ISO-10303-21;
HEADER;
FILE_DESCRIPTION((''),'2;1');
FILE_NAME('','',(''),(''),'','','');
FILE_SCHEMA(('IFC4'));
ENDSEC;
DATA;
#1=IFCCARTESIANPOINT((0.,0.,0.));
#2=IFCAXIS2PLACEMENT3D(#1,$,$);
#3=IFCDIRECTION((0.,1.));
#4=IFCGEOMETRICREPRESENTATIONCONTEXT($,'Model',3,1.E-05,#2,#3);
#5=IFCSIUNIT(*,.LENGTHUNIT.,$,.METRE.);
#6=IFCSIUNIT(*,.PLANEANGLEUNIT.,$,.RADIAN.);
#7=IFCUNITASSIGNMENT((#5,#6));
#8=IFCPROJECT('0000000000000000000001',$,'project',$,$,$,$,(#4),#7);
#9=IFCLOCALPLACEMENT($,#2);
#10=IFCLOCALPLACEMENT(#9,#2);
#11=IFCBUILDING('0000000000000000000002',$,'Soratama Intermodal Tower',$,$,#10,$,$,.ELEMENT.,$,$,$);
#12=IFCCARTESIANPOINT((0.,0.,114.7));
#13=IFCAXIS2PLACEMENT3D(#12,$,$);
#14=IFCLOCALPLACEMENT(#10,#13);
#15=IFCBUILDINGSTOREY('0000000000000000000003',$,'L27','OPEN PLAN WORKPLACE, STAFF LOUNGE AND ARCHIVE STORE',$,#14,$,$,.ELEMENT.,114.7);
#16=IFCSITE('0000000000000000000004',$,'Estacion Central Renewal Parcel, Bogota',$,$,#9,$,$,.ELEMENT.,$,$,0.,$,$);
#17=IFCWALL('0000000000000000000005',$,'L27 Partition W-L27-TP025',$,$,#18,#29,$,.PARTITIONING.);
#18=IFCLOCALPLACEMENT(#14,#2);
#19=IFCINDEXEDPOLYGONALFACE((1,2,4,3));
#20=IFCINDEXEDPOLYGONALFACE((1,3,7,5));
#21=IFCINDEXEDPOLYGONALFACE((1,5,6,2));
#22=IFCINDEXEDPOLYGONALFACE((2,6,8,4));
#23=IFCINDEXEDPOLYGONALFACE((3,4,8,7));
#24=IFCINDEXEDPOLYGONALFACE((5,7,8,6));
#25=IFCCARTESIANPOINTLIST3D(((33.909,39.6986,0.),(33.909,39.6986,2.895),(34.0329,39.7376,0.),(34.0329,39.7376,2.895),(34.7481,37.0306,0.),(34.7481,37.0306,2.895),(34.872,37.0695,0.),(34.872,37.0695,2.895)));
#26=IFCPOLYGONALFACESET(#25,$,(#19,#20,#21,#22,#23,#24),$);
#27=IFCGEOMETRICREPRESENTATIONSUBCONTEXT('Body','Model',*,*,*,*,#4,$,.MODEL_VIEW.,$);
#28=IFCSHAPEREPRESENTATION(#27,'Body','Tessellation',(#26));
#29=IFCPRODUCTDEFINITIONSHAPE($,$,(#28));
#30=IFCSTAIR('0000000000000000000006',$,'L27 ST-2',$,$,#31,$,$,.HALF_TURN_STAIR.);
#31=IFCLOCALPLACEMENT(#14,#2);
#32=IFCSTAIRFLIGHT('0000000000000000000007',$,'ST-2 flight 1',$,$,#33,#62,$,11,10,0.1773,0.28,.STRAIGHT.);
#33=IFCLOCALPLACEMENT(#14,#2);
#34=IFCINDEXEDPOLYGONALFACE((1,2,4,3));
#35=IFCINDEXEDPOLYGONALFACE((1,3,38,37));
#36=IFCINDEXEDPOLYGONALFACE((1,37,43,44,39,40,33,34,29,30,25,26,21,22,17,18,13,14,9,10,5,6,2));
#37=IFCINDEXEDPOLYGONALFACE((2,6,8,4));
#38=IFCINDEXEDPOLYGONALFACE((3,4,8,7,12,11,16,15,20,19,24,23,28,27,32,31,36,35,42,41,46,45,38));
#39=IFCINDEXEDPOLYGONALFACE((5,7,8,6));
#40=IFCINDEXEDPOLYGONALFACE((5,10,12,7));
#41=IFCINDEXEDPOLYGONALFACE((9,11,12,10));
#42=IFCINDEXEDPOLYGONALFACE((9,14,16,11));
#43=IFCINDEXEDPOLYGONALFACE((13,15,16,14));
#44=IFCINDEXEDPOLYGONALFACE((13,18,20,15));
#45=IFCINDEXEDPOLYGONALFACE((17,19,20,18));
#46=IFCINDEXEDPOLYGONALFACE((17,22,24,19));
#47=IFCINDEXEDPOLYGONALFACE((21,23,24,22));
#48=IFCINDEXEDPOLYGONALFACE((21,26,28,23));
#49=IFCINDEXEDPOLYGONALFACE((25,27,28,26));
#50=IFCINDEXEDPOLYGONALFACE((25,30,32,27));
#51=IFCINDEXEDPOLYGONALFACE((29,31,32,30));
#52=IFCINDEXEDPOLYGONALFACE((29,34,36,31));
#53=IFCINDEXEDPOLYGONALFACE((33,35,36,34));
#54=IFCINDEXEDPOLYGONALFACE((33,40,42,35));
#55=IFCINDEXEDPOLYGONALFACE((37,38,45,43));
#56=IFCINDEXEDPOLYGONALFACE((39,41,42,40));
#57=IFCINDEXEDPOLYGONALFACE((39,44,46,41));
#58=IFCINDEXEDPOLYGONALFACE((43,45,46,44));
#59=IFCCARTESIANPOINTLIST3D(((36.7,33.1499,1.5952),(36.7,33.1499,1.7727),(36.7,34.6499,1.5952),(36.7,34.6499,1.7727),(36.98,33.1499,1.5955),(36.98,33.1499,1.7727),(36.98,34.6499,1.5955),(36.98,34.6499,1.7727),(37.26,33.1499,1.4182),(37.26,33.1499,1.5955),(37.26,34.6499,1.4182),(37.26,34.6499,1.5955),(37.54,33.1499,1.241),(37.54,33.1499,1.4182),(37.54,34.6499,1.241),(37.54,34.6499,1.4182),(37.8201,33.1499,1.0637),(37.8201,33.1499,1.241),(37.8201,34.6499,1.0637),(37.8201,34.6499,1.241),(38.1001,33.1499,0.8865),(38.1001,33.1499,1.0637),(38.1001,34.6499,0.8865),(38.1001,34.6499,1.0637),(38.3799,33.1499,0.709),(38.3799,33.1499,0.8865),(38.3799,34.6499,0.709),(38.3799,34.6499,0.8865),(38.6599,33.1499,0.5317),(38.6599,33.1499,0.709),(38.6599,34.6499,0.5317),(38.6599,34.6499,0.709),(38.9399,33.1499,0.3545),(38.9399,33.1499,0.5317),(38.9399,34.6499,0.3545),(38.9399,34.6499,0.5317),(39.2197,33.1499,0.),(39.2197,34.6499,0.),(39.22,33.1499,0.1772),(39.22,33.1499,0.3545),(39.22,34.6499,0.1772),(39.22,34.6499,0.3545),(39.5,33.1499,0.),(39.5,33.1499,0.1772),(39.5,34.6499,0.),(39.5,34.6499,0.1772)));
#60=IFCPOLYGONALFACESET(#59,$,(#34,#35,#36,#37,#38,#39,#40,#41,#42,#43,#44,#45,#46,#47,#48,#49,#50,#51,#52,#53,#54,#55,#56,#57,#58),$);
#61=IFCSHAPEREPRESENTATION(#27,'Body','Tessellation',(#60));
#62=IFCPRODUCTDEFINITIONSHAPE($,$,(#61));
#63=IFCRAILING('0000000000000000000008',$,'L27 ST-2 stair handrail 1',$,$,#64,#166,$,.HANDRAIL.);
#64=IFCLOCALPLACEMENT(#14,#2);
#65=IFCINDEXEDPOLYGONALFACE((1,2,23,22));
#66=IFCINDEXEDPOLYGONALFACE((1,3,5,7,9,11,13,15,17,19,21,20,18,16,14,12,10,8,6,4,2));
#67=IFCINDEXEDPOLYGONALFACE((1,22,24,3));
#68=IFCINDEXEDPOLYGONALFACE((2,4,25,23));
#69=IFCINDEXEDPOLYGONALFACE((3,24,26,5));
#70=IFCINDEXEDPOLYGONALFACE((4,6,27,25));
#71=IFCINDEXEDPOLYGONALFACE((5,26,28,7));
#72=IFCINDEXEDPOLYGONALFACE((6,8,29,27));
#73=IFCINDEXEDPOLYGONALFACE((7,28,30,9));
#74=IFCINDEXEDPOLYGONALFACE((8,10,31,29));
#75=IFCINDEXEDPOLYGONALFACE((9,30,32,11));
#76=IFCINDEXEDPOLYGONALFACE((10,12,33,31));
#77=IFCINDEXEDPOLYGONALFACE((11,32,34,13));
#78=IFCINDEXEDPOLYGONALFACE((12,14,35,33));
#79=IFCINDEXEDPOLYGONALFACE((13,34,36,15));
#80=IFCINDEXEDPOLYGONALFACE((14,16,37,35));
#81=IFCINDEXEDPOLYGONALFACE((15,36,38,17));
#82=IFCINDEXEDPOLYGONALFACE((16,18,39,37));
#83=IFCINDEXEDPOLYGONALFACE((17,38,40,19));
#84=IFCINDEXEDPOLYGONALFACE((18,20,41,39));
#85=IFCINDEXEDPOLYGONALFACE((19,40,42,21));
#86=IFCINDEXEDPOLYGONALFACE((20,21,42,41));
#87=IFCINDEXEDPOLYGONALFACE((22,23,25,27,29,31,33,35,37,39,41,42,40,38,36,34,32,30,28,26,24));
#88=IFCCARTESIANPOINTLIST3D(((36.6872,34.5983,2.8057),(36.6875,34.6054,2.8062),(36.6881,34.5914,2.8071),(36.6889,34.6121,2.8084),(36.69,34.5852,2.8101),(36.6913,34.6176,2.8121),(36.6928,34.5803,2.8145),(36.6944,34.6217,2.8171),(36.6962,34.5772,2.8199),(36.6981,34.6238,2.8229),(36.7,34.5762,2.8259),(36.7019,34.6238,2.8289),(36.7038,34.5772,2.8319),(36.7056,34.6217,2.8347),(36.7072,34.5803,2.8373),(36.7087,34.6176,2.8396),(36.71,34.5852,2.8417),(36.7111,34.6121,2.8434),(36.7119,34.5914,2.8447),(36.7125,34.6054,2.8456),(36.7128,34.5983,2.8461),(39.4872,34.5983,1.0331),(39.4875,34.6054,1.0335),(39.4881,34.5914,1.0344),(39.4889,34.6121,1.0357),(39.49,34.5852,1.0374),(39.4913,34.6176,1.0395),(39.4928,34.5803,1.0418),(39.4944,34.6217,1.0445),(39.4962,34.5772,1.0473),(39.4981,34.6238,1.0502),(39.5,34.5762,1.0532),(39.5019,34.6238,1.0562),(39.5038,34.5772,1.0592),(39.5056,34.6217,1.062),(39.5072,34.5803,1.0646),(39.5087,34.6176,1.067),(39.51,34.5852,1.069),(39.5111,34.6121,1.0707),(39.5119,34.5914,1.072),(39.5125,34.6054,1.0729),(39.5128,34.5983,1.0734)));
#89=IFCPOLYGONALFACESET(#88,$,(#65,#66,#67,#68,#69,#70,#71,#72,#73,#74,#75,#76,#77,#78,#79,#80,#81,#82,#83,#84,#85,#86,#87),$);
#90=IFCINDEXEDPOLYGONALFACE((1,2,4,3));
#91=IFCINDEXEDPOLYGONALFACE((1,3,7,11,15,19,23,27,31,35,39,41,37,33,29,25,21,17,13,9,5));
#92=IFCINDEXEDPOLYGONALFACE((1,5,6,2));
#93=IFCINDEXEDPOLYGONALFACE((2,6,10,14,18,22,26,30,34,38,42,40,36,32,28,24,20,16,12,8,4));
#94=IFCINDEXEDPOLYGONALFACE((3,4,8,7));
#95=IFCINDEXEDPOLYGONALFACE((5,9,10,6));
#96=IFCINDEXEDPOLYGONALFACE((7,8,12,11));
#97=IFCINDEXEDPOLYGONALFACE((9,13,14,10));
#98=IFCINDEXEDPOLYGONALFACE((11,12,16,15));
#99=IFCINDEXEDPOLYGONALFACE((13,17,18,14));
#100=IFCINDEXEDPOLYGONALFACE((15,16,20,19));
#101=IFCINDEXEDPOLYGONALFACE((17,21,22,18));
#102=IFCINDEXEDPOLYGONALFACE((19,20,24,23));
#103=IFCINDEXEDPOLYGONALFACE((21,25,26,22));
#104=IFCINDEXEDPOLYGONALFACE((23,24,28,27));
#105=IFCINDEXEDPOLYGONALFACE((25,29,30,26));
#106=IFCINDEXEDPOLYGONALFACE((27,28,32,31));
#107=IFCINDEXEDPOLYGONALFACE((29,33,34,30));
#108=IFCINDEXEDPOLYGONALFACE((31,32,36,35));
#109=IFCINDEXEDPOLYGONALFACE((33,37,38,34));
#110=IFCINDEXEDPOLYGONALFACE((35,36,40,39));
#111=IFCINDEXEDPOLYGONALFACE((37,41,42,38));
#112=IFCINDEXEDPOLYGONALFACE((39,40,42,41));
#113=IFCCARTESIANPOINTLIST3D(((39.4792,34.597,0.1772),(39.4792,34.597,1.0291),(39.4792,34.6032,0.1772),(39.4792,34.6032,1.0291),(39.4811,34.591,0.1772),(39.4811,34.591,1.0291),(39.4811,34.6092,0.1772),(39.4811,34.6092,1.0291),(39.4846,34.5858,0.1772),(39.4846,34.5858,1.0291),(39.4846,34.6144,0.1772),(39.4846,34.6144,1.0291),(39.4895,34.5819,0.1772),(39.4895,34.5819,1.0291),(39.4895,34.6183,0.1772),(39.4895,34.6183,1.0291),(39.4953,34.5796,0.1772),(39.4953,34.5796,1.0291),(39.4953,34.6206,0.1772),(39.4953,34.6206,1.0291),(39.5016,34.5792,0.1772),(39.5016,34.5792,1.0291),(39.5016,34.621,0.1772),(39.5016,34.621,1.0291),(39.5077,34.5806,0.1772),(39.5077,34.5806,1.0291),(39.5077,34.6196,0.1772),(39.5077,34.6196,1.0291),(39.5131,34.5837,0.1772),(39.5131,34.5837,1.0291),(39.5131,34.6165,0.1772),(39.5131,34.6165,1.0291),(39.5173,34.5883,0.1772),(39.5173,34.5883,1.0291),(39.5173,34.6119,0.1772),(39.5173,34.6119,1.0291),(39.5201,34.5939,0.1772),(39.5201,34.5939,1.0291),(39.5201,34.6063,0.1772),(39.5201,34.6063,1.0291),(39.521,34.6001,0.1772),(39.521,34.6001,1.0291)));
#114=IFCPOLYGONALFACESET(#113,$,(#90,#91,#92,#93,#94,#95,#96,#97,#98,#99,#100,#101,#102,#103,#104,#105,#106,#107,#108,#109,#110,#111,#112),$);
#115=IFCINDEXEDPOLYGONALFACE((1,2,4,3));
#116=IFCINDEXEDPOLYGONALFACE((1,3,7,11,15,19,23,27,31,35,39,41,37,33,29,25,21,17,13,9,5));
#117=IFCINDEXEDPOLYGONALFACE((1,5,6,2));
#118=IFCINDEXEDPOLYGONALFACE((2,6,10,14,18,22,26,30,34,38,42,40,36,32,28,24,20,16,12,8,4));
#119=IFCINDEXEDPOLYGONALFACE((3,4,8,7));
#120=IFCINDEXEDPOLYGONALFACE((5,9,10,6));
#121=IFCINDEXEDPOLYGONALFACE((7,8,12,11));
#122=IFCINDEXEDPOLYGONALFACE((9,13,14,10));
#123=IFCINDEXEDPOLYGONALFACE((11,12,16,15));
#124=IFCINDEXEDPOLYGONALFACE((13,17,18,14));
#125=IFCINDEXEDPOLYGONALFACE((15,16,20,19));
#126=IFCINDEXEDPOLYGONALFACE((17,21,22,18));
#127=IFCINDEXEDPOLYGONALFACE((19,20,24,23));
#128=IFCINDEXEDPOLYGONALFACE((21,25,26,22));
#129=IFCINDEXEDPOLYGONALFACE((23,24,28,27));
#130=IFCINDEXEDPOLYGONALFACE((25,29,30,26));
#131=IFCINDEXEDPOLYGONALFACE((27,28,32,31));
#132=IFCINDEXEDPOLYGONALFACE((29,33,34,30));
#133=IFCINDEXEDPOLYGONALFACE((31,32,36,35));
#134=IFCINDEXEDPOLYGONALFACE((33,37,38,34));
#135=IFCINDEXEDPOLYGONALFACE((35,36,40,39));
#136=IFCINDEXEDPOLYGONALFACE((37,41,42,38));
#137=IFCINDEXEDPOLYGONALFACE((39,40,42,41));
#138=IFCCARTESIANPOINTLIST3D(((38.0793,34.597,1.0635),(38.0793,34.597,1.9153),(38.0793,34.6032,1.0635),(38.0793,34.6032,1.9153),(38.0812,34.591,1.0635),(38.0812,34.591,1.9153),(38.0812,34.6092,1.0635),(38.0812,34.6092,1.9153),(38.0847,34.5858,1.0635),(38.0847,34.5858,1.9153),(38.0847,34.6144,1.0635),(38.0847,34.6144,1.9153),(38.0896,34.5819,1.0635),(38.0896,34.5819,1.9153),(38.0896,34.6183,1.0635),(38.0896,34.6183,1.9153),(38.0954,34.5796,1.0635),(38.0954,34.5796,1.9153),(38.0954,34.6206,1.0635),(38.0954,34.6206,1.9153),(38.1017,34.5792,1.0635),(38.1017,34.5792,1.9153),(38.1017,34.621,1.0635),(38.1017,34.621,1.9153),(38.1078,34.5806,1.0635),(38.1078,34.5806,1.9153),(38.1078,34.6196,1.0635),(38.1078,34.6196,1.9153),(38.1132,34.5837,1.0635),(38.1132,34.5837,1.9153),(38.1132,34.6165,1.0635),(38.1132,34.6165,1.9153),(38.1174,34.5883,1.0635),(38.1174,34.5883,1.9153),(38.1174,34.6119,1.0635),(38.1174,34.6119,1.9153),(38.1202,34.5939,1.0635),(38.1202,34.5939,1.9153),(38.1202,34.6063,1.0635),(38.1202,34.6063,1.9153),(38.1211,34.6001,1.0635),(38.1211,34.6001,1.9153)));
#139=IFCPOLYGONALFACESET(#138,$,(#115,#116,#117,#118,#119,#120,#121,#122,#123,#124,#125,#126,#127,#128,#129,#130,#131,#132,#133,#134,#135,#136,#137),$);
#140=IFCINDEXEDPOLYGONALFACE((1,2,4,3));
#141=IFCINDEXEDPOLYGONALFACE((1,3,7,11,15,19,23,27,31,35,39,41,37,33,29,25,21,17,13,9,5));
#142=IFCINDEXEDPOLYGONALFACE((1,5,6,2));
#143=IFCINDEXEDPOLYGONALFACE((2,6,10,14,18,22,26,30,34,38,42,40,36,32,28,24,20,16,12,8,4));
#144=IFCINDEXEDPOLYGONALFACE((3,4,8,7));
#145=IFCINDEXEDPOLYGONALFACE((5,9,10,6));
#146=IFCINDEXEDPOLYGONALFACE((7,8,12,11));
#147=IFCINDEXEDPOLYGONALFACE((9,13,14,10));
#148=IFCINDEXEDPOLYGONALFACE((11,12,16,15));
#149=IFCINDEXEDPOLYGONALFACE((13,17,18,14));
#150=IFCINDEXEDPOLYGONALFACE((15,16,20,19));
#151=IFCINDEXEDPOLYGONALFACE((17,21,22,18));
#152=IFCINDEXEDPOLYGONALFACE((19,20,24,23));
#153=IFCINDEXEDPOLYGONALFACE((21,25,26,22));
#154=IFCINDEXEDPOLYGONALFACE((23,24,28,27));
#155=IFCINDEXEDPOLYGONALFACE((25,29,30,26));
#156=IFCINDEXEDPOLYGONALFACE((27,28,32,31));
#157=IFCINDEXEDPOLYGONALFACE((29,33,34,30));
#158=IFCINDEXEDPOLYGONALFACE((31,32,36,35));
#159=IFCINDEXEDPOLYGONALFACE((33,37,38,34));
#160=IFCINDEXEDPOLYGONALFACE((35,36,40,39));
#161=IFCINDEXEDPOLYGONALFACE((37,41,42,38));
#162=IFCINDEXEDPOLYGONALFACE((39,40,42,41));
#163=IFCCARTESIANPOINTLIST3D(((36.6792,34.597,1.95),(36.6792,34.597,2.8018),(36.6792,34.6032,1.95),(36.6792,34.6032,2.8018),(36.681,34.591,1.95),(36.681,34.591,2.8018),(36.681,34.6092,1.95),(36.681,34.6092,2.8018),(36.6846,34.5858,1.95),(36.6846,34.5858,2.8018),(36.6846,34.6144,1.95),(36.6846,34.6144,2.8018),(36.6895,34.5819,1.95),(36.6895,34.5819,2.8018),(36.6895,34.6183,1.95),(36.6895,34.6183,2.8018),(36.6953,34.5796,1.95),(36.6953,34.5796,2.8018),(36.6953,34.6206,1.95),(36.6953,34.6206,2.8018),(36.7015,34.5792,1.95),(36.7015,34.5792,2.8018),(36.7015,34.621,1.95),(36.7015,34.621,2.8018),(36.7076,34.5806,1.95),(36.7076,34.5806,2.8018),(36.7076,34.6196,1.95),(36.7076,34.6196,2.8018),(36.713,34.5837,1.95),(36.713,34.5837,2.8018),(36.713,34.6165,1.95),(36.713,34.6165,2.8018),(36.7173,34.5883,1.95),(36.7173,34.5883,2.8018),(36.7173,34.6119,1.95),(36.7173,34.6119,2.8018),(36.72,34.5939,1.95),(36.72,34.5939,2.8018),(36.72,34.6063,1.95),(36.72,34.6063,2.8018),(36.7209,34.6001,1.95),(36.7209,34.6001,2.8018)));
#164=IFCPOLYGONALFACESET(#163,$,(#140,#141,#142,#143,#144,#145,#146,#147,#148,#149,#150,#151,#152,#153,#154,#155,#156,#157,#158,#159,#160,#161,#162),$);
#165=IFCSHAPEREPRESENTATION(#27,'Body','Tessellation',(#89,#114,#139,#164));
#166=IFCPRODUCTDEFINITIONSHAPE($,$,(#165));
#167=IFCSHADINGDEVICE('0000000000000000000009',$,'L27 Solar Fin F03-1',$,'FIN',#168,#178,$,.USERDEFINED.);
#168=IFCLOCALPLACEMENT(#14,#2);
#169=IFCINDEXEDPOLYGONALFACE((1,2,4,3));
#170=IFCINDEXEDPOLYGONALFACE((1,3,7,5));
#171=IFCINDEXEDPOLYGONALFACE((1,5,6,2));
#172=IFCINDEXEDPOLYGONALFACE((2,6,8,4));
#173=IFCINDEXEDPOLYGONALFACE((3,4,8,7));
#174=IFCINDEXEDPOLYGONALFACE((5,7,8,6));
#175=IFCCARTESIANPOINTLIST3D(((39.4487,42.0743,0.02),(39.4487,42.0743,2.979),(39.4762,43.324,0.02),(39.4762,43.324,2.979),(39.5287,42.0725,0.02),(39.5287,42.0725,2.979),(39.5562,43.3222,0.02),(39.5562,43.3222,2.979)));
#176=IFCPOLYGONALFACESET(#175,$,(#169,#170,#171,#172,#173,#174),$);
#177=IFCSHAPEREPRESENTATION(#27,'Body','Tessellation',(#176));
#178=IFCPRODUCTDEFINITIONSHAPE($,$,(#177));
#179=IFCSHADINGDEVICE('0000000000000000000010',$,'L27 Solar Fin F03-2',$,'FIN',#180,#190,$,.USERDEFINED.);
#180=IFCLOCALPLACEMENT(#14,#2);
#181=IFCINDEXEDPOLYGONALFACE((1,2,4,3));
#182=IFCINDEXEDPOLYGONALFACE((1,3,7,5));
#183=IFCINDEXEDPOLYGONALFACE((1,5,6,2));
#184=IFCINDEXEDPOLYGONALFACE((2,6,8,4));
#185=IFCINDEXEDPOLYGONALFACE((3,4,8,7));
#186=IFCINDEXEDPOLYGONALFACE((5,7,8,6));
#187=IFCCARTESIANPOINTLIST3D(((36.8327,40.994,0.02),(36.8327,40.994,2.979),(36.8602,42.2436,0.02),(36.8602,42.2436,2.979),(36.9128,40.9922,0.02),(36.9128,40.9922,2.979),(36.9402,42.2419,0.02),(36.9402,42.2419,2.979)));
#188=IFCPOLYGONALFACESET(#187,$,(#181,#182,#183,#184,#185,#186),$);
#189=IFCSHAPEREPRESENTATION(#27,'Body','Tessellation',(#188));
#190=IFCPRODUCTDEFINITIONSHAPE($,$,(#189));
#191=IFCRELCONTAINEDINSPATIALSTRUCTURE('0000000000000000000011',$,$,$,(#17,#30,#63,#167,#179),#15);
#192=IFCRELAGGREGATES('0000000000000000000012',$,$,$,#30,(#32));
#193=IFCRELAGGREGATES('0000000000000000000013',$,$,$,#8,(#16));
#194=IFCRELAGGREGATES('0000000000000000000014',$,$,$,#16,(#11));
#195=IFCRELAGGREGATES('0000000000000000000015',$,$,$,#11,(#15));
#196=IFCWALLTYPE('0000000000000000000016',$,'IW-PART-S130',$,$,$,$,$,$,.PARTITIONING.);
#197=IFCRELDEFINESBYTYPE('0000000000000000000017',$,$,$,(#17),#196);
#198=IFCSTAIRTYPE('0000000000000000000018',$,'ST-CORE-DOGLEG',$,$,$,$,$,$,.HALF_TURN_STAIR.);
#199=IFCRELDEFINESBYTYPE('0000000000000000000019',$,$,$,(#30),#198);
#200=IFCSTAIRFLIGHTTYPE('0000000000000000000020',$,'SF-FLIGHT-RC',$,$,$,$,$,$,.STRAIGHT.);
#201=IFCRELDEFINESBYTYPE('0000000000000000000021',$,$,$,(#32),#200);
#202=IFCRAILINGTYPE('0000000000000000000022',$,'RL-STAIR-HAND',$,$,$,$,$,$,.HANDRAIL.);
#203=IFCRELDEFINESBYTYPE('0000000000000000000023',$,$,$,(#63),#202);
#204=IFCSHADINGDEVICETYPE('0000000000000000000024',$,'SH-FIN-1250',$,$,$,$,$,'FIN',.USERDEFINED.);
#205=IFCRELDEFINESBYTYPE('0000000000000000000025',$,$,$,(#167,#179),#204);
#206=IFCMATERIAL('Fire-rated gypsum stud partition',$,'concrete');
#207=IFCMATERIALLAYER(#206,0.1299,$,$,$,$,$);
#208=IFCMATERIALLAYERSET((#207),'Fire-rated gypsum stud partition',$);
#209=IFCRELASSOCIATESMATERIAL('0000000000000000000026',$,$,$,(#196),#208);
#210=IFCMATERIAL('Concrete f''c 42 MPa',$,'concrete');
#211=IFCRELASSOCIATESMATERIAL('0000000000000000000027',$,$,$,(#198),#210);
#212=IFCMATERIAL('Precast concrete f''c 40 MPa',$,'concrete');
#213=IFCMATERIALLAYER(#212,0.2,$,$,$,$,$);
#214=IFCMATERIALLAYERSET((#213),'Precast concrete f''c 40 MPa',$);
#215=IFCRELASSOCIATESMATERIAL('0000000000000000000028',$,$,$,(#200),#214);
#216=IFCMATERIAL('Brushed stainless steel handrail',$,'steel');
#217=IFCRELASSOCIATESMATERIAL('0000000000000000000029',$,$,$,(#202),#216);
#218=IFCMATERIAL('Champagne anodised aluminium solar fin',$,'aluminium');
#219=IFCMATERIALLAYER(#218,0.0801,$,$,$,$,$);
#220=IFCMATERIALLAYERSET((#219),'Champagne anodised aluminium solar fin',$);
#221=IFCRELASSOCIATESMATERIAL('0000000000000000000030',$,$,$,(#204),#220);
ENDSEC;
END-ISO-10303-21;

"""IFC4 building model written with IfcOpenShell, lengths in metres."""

from ifc_helpers import new_model, si_unit, direction, frame, frame_2d, origin, origin_2d, place, context, subcontext, project, spatial, polyline, rectangle, circle, outline, extrude, material, layer, layer_set, type_object, element, aggregate, save


model = new_model("IFC4")

# Units and contexts
model_context = context("Model", 3, precision=1e-05, world=origin(), true_north=direction((0.0, 1.0)))
body_context = subcontext(model_context, "Body", "Model", "MODEL_VIEW")
ifc_project = project(units=[si_unit("LENGTHUNIT", "METRE"), si_unit("PLANEANGLEUNIT", "RADIAN")], contexts=[model_context])

# Site, building, storey
site_placement = place(None, origin())
site = spatial("IfcSite", under=ifc_project, at=site_placement, Name="Estacion Central Renewal Parcel, Bogota", CompositionType="ELEMENT", RefElevation=0.0)
building_placement = place(site_placement, origin())
building = spatial("IfcBuilding", under=site, at=building_placement, Name="Soratama Intermodal Tower", CompositionType="ELEMENT")
storey_placement = place(building_placement, frame((0.0, 0.0, 114.7)))
storey = spatial("IfcBuildingStorey", under=building, at=storey_placement, Name="L27", Description="OPEN PLAN WORKPLACE, STAFF LOUNGE AND ARCHIVE STORE", CompositionType="ELEMENT", Elevation=114.7)

# Wall
ifc_material_1 = material(Name="Fire-rated gypsum stud partition", Category="concrete")
ifc_layer_1 = layer(ifc_material_1, 0.1299)
ifc_layer_set_1 = layer_set([ifc_layer_1], Name="Fire-rated gypsum stud partition")
wall_type_1 = type_object("IfcWallType", Name="IW-PART-S130", PredefinedType="PARTITIONING", material=ifc_layer_set_1)
wall_1_placement = place(storey_placement, frame((34.8101, 37.05, 0.0), z_axis=(0.0, 0.0, 1.0), x_axis=(-0.300024, 0.953932, 0.0)))
element("IfcWall", 1, at=wall_1_placement, inside=storey, type_object=wall_type_1, Name="L27 Partition W-L27-TP025", PredefinedType="PARTITIONING", context=body_context, shape_type="SweptSolid", body=[
    extrude(rectangle(XDim=2.7969, YDim=0.1299, at=frame_2d((1.3984, 0.0))), origin(), (0.0, 0.0, 1.0), 2.895),
])

# Stair, stair flight
ifc_material_2 = material(Name="Concrete f'c 42 MPa", Category="concrete")
stair_type = type_object("IfcStairType", Name="ST-CORE-DOGLEG", PredefinedType="HALF_TURN_STAIR", material=ifc_material_2)
stair_placement = place(storey_placement, origin())
stair = element("IfcStair", 2, at=stair_placement, inside=storey, type_object=stair_type, Name="L27 ST-2", PredefinedType="HALF_TURN_STAIR")
ifc_material_3 = material(Name="Precast concrete f'c 40 MPa", Category="concrete")
ifc_layer_2 = layer(ifc_material_3, 0.2)
ifc_layer_set_2 = layer_set([ifc_layer_2], Name="Precast concrete f'c 40 MPa")
stair_flight_type = type_object("IfcStairFlightType", Name="SF-FLIGHT-RC", PredefinedType="STRAIGHT", material=ifc_layer_set_2)
stair_flight_placement = place(storey_placement, frame((39.5, 33.8999, 0.0), z_axis=(0.0, 0.0, 1.0), x_axis=(-1.0, 0.0, 0.0)))
stair_flight = element("IfcStairFlight", 3, at=stair_flight_placement, type_object=stair_flight_type, Name="ST-2 flight 1", NumberOfRisers=11, NumberOfTreads=10, PredefinedType="STRAIGHT", RiserHeight=0.1773, TreadLength=0.28, context=body_context, shape_type="SweptSolid", body=[
    extrude(outline(polyline([(0.0, 0.0), (0.0, 0.1772), (0.28, 0.1772), (0.28, 0.3545), (0.5601, 0.3545), (0.5601, 0.5317), (0.8401, 0.5317), (0.8401, 0.709), (1.1201, 0.709), (1.1201, 0.8865), (1.3999, 0.8865), (1.3999, 1.0637), (1.6799, 1.0637), (1.6799, 1.241), (1.96, 1.241), (1.96, 1.4182), (2.24, 1.4182), (2.24, 1.5955), (2.52, 1.5955), (2.52, 1.7727), (2.8, 1.7727), (2.8, 1.95), (2.8, 1.5952), (0.2803, 0.0), (0.0, 0.0)])), frame((0.0, 0.75, 0.0), z_axis=(0.0, -1.0, 0.0), x_axis=(1.0, 0.0, 0.0)), (0.0, 0.0, 1.0), 1.5),
])
aggregate(stair, [stair_flight])

# Railing
ifc_material_4 = material(Name="Brushed stainless steel handrail", Category="steel")
railing_type = type_object("IfcRailingType", Name="RL-STAIR-HAND", PredefinedType="HANDRAIL", material=ifc_material_4)
railing_placement = place(storey_placement, frame((39.5, 34.6001, 0.1772)))
element("IfcRailing", 4, at=railing_placement, inside=storey, type_object=railing_type, Name="L27 ST-2 stair handrail 1", PredefinedType="HANDRAIL", context=body_context, shape_type="SweptSolid", body=[
    extrude(circle(Radius=0.0239, at=origin_2d()), frame((0.0, 0.0, 0.876), z_axis=(-0.844909, 0.0, 0.53491), x_axis=(0.0, -1.0, 0.0)), (0.0, 0.0, 1.0), 3.314),
    extrude(circle(Radius=0.021, at=origin_2d()), origin(), (0.0, 0.0, 1.0), 0.8518),
    extrude(circle(Radius=0.021, at=origin_2d()), frame((-1.3999, 0.0, 0.8862)), (0.0, 0.0, 1.0), 0.8518),
    extrude(circle(Radius=0.021, at=origin_2d()), frame((-2.8, 0.0, 1.7727)), (0.0, 0.0, 1.0), 0.8518),
])

# Shading devices
ifc_material_5 = material(Name="Champagne anodised aluminium solar fin", Category="aluminium")
ifc_layer_3 = layer(ifc_material_5, 0.0801)
ifc_layer_set_3 = layer_set([ifc_layer_3], Name="Champagne anodised aluminium solar fin")
shading_device_type = type_object("IfcShadingDeviceType", Name="SH-FIN-1250", ElementType="FIN", PredefinedType="USERDEFINED", material=ifc_layer_set_3)
for number, where, z_axis, x_axis, name in (
    (5, (39.5024, 42.6982, 0.02), (0.0, 0.0, 1.0), (0.021989, 0.999758, 0.0), "L27 Solar Fin F03-1"),
    (6, (36.8865, 41.6179, 0.02), (0.0, 0.0, 1.0), (0.021989, 0.999758, 0.0), "L27 Solar Fin F03-2"),
):
    element("IfcShadingDevice", number, at=place(storey_placement, frame(where, z_axis=z_axis, x_axis=x_axis)), inside=storey, type_object=shading_device_type, Name=name, ObjectType="FIN", PredefinedType="USERDEFINED", context=body_context, shape_type="SweptSolid", body=[
        extrude(rectangle(XDim=1.25, YDim=0.0801, at=origin_2d()), origin(), (0.0, 0.0, 1.0), 2.959),
    ])

save(model, "model.ifc")
